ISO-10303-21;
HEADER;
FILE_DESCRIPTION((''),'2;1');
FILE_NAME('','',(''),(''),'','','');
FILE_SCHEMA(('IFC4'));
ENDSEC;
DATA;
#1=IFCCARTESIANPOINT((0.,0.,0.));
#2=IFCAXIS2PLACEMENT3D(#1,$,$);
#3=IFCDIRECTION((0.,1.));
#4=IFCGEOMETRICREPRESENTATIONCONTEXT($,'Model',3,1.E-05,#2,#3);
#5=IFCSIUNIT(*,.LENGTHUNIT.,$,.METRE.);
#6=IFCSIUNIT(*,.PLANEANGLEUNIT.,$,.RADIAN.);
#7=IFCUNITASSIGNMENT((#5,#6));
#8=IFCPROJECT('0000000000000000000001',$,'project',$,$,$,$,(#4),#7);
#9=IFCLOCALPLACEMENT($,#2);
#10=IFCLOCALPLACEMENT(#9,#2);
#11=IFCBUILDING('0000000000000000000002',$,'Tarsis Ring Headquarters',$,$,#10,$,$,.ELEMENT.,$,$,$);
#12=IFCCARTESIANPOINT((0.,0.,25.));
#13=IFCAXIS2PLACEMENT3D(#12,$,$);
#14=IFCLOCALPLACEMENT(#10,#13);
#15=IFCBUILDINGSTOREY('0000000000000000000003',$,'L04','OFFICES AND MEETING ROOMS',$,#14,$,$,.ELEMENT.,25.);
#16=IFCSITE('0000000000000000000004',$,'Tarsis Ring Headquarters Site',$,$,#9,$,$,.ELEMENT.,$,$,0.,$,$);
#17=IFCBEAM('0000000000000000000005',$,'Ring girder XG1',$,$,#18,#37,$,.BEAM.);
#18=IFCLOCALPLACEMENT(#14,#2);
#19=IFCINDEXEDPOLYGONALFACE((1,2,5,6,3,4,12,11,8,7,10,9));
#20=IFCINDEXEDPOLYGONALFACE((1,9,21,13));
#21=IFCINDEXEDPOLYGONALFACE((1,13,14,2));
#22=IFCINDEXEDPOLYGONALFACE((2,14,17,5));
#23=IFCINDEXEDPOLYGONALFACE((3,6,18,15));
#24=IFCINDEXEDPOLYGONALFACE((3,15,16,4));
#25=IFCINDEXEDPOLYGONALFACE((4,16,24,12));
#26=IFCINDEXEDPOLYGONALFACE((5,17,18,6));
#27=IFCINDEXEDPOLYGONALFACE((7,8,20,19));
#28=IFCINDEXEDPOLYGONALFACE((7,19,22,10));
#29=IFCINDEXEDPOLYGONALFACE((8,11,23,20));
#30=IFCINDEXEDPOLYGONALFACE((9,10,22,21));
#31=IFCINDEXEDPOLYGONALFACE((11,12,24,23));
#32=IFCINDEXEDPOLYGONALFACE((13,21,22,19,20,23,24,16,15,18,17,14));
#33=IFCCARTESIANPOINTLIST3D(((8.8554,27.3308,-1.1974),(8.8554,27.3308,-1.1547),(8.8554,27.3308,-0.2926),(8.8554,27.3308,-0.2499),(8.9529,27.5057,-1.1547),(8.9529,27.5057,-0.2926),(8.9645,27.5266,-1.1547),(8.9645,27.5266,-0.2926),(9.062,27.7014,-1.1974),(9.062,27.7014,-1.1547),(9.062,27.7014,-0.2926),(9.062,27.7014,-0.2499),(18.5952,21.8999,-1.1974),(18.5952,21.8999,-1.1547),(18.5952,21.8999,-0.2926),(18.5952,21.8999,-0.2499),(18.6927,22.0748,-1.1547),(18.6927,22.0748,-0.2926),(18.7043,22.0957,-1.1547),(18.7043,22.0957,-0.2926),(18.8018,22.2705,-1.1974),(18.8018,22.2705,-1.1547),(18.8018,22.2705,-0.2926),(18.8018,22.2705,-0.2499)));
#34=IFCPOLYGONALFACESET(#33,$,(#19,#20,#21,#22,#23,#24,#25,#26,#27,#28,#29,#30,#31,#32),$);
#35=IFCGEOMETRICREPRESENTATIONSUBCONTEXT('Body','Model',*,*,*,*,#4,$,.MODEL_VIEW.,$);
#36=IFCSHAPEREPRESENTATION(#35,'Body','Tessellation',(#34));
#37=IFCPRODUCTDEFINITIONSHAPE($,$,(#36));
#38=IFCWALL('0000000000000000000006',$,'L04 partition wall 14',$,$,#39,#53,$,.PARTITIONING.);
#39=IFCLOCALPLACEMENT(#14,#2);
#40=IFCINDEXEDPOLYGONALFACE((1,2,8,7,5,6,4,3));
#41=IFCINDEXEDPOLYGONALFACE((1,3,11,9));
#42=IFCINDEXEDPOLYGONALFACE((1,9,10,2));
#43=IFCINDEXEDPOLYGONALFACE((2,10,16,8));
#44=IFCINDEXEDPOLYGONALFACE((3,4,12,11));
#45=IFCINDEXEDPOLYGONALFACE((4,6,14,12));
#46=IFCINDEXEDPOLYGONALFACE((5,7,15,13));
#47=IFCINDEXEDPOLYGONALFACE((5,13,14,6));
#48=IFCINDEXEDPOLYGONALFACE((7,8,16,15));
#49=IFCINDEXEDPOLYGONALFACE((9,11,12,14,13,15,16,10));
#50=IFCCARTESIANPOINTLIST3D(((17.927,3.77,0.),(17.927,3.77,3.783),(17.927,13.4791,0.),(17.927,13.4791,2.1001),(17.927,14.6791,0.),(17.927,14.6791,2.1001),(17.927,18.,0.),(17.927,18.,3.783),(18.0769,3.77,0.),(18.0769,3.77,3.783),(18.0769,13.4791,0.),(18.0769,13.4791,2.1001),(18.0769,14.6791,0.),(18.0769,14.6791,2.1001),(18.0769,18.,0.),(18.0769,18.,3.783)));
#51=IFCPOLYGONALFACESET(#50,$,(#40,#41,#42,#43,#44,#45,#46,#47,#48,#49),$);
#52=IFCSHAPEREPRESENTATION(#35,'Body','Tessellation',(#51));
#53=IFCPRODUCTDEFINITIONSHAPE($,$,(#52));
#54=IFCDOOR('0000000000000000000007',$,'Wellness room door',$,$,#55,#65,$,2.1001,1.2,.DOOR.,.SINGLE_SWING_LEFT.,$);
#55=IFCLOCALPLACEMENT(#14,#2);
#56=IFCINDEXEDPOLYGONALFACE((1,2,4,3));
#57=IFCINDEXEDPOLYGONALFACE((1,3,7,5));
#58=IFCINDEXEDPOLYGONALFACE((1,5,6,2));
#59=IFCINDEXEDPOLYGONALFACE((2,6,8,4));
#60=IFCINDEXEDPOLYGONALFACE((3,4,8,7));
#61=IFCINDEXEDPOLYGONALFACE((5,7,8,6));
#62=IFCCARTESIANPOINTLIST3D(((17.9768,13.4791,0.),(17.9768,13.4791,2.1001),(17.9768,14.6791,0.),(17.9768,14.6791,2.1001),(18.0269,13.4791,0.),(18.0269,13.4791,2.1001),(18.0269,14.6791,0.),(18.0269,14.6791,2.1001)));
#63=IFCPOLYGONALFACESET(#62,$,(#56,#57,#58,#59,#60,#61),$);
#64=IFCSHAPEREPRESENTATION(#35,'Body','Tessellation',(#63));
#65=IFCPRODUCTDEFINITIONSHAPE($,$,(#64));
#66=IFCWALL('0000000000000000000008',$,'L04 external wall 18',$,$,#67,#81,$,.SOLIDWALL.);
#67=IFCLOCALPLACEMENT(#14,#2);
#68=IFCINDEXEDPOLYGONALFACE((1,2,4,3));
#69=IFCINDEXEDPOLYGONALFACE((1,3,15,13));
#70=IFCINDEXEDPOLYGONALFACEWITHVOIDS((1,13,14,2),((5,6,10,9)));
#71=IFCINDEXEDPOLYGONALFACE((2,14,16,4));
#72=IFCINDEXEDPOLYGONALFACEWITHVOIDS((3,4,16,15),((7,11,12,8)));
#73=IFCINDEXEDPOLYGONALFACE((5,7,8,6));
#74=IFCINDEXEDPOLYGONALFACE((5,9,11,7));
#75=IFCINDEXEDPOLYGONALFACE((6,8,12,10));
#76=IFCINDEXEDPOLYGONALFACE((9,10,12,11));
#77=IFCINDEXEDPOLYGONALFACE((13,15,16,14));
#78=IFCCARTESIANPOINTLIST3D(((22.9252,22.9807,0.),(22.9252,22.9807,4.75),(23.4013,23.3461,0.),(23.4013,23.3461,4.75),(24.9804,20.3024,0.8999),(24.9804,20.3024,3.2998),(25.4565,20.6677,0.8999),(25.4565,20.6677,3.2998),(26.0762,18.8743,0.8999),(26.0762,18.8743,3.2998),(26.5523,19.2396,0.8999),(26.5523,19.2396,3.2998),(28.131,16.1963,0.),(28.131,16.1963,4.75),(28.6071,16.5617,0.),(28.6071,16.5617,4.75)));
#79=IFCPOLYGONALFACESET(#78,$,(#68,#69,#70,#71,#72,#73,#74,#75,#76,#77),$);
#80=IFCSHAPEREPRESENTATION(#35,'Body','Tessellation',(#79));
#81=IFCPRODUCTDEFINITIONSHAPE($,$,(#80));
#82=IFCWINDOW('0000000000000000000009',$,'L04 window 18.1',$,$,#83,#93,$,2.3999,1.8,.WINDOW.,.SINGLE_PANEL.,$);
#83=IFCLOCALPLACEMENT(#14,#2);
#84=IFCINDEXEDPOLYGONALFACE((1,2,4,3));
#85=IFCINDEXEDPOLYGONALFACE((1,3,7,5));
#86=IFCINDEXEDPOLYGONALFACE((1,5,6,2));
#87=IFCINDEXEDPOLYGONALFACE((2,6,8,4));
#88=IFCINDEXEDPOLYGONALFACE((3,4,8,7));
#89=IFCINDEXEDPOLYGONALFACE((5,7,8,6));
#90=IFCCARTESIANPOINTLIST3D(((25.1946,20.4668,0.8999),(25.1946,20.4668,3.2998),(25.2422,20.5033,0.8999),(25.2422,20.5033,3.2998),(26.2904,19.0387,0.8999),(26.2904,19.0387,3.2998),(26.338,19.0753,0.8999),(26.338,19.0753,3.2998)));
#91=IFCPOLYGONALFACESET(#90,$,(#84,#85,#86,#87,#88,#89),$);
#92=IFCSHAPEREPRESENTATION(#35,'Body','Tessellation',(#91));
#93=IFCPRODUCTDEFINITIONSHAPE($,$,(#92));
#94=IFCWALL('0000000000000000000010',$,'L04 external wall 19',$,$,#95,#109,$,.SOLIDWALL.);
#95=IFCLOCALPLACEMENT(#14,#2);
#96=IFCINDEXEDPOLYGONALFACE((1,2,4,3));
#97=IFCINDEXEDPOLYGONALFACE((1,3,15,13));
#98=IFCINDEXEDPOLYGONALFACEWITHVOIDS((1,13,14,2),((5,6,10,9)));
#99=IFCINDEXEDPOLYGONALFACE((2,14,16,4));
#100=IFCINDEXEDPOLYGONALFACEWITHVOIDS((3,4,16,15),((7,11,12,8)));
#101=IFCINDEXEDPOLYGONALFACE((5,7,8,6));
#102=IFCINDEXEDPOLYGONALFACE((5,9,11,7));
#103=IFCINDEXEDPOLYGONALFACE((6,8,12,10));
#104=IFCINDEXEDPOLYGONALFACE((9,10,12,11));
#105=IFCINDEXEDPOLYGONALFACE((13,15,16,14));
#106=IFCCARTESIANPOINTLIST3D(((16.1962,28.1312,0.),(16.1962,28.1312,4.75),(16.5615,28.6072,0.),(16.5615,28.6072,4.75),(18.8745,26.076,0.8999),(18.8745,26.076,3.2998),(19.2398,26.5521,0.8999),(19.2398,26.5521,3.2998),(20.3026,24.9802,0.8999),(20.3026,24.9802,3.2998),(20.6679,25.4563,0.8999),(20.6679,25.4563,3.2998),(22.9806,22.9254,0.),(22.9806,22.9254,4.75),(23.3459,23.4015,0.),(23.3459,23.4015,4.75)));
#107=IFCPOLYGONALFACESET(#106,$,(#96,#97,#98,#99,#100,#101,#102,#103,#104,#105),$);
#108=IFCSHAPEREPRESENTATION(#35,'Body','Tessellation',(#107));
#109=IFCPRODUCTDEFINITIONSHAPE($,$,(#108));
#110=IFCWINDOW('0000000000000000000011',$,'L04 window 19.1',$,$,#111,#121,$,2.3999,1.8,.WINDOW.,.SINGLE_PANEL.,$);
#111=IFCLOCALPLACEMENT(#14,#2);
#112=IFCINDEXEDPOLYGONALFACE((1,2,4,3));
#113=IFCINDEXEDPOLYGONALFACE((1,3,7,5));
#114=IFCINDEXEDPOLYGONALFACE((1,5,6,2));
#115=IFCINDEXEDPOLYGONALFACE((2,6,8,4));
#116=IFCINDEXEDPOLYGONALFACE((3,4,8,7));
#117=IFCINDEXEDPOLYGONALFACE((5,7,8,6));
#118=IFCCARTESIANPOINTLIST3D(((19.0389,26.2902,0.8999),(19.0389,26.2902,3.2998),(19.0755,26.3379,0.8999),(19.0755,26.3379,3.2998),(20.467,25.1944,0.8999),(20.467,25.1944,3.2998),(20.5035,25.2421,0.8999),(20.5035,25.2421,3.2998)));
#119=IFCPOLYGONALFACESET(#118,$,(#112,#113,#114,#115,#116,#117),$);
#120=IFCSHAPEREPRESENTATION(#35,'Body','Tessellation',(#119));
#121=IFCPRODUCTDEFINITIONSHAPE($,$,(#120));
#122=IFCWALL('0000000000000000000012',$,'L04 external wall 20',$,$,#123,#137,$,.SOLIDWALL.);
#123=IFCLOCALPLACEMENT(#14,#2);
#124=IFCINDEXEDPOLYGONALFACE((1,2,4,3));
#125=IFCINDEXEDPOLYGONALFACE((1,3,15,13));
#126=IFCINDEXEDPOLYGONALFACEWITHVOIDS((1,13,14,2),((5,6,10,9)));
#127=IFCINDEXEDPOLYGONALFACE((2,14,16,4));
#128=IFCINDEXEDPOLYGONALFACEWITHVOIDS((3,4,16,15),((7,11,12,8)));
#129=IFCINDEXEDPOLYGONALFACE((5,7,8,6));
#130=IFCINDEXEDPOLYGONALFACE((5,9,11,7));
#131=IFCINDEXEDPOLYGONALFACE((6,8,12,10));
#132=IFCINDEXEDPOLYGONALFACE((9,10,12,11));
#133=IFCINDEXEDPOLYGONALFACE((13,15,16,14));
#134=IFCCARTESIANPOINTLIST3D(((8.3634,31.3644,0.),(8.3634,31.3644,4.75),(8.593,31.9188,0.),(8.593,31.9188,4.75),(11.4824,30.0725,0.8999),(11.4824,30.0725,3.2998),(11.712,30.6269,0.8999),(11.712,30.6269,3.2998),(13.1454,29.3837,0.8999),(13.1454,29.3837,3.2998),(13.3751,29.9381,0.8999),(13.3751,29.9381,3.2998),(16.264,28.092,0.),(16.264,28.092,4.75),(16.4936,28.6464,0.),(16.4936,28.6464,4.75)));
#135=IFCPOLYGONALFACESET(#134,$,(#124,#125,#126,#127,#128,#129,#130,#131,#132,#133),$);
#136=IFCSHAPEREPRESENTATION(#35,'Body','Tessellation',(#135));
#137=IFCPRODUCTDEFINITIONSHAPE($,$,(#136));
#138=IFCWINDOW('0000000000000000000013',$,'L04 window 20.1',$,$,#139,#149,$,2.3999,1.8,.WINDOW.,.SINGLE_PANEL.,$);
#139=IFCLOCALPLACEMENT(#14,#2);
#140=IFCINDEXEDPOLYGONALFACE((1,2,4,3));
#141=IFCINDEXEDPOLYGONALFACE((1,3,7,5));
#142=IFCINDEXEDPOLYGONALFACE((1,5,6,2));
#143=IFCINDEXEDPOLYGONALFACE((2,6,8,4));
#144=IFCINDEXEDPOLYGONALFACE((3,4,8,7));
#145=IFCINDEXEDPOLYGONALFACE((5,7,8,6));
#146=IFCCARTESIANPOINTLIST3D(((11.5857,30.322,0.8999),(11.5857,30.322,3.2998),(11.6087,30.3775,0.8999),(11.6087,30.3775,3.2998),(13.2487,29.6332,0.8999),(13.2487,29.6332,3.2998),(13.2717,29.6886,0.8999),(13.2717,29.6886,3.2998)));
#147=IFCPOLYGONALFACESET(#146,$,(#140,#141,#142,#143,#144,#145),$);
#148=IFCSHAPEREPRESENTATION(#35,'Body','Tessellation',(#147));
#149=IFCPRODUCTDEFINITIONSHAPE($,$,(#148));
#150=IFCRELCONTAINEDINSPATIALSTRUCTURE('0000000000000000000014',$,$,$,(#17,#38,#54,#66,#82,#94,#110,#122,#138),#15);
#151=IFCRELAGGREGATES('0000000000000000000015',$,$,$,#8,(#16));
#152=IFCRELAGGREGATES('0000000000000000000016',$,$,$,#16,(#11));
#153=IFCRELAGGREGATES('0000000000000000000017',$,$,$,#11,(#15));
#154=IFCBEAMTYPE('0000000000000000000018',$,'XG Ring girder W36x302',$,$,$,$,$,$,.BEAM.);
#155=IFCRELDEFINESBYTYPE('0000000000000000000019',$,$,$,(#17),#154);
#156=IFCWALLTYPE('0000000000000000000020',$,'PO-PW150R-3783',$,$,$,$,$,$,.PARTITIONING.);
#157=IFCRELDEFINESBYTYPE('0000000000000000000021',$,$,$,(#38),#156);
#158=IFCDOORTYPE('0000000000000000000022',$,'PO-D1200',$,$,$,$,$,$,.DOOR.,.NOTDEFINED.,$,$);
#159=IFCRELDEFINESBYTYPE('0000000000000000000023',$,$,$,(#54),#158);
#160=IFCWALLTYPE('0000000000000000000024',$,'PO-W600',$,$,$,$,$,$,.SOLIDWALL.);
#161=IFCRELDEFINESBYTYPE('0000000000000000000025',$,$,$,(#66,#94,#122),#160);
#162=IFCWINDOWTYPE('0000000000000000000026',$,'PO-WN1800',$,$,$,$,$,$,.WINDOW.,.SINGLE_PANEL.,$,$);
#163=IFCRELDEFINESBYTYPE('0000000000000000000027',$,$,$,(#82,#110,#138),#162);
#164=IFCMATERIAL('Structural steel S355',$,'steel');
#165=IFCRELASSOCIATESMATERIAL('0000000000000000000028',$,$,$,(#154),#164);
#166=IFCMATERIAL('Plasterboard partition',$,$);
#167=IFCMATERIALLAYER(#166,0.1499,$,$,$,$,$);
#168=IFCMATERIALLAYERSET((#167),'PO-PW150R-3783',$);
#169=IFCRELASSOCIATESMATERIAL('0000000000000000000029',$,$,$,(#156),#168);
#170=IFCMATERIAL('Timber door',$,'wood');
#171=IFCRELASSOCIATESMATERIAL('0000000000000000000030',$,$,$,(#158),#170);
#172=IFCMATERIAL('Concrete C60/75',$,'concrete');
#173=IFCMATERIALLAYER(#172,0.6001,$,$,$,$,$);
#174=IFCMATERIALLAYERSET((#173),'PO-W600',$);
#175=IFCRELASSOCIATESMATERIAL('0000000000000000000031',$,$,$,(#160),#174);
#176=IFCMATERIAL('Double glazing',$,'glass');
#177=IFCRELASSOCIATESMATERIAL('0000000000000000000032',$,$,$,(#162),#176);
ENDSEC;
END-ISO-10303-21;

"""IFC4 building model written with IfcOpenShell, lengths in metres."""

from ifc_helpers import new_model, si_unit, direction, frame, frame_2d, origin, origin_2d, place, context, subcontext, project, spatial, rectangle, i_section, extrude, material, layer, layer_set, material_profile, profile_set, type_object, element, fill, save


model = new_model("IFC4")

# Units and contexts
model_context = context("Model", 3, precision=1e-05, world=origin(), true_north=direction((0.0, 1.0)))
body_context = subcontext(model_context, "Body", "Model", "MODEL_VIEW")
ifc_project = project(units=[si_unit("LENGTHUNIT", "METRE"), si_unit("PLANEANGLEUNIT", "RADIAN")], contexts=[model_context])

# Site, building, storey
site_placement = place(None, origin())
site = spatial("IfcSite", under=ifc_project, at=site_placement, Name="Tarsis Ring Headquarters Site", CompositionType="ELEMENT", RefElevation=0.0)
building_placement = place(site_placement, origin())
building = spatial("IfcBuilding", under=site, at=building_placement, Name="Tarsis Ring Headquarters", CompositionType="ELEMENT")
storey_placement = place(building_placement, frame((0.0, 0.0, 25.0)))
storey = spatial("IfcBuildingStorey", under=building, at=storey_placement, Name="L04", Description="OFFICES AND MEETING ROOMS", CompositionType="ELEMENT", Elevation=25.0)

# Beam
ifc_material_1 = material(Name="Structural steel S355", Category="steel")
ifc_material_profile_1 = material_profile(ifc_material_1, i_section(OverallWidth=0.4243, OverallDepth=0.9475, WebThickness=0.0239, FlangeThickness=0.0427, at=origin_2d()), Name="W36x302")
ifc_profile_set_1 = profile_set([ifc_material_profile_1], Name="Structural steel S355")
beam_type_1 = type_object("IfcBeamType", Name="XG Ring girder W36x302", PredefinedType="BEAM", material=ifc_profile_set_1)
for number, where, z_axis, x_axis, name in (
    (1, (18.6985, 22.0852, -0.7236), (-0.873397, 0.487009, 0.0), (-0.487009, -0.873397, 0.0), "Ring girder XG1"),
):
    element("IfcBeam", number, at=place(storey_placement, frame(where, z_axis=z_axis, x_axis=x_axis)), inside=storey, type_object=beam_type_1, Name=name, PredefinedType="BEAM", context=body_context, shape_type="SweptSolid", body=[
        extrude(i_section(OverallWidth=0.4243, OverallDepth=0.9475, WebThickness=0.0239, FlangeThickness=0.0427, at=origin_2d()), origin(), (0.0, 0.0, 1.0), 11.1516),
    ])

# Wall, opening, door
ifc_material_2 = material(Name="Plasterboard partition")
ifc_layer_1 = layer(ifc_material_2, 0.1499)
ifc_layer_set_1 = layer_set([ifc_layer_1], Name="PO-PW150R-3783")
wall_type_1 = type_object("IfcWallType", Name="PO-PW150R-3783", PredefinedType="PARTITIONING", material=ifc_layer_set_1)
wall_1_placement = place(storey_placement, frame((18.002, 18.0, 0.0), z_axis=(0.0, 0.0, 1.0), x_axis=(0.0, -1.0, 0.0)))
wall_1 = element("IfcWall", 2, at=wall_1_placement, inside=storey, type_object=wall_type_1, Name="L04 partition wall 14", PredefinedType="PARTITIONING", context=body_context, shape_type="SweptSolid", body=[
    extrude(rectangle(XDim=14.23, YDim=0.1499, at=frame_2d((7.115, 0.0))), origin(), (0.0, 0.0, 1.0), 3.783),
])
opening_1_placement = place(wall_1_placement, frame((3.3208, 0.0, 0.0)))
opening_1 = element("IfcOpeningElement", 3, at=opening_1_placement, cuts=wall_1, PredefinedType="OPENING", context=body_context, shape_type="SweptSolid", body=[
    extrude(rectangle(XDim=1.2, YDim=2.1001, at=frame_2d((0.6001, 1.05))), frame((0.0, 0.085, 0.0), z_axis=(0.0, -1.0, 0.0), x_axis=(1.0, 0.0, 0.0)), (0.0, 0.0, 1.0), 0.1699),
])
ifc_material_3 = material(Name="Timber door", Category="wood")
door_type = type_object("IfcDoorType", Name="PO-D1200", OperationType="NOTDEFINED", PredefinedType="DOOR", material=ifc_material_3)
door_placement = place(opening_1_placement, origin())
door = element("IfcDoor", 4, at=door_placement, inside=storey, type_object=door_type, Name="Wellness room door", OperationType="SINGLE_SWING_LEFT", OverallHeight=2.1001, OverallWidth=1.2, PredefinedType="DOOR", context=body_context, shape_type="SweptSolid", body=[
    extrude(rectangle(XDim=1.2, YDim=2.1001, at=frame_2d((0.6001, 1.05))), frame((0.0, 0.0249, 0.0), z_axis=(0.0, -1.0, 0.0), x_axis=(1.0, 0.0, 0.0)), (0.0, 0.0, 1.0), 0.05),
])
fill(opening_1, door)

# Walls, openings, windows
ifc_material_4 = material(Name="Concrete C60/75", Category="concrete")
ifc_layer_2 = layer(ifc_material_4, 0.6001)
ifc_layer_set_2 = layer_set([ifc_layer_2], Name="PO-W600")
wall_type_2 = type_object("IfcWallType", Name="PO-W600", PredefinedType="SOLIDWALL", material=ifc_layer_set_2)
wall_2_placement = place(storey_placement, frame((28.3691, 16.3789, 0.0), z_axis=(0.0, 0.0, 1.0), x_axis=(-0.608757, 0.793357, 0.0)))
wall_2 = element("IfcWall", 5, at=wall_2_placement, inside=storey, type_object=wall_type_2, Name="L04 external wall 18", PredefinedType="SOLIDWALL", context=body_context, shape_type="SweptSolid", body=[
    extrude(rectangle(XDim=8.5515, YDim=0.6001, at=frame_2d((4.2759, 0.0))), origin(), (0.0, 0.0, 1.0), 4.75),
])
opening_2_placement = place(wall_2_placement, frame((3.3757, 0.0, 0.8999)))
opening_2 = element("IfcOpeningElement", 6, at=opening_2_placement, cuts=wall_2, PredefinedType="OPENING", context=body_context, shape_type="SweptSolid", body=[
    extrude(rectangle(XDim=1.8, YDim=2.3999, at=frame_2d((0.8999, 1.2))), frame((0.0, 0.3101, 0.0), z_axis=(0.0, -1.0, 0.0), x_axis=(1.0, 0.0, 0.0)), (0.0, 0.0, 1.0), 0.6201),
])
ifc_material_5 = material(Name="Double glazing", Category="glass")
window_type = type_object("IfcWindowType", Name="PO-WN1800", PartitioningType="SINGLE_PANEL", PredefinedType="WINDOW", material=ifc_material_5)
window_1_placement = place(opening_2_placement, origin())
window_1 = element("IfcWindow", 7, at=window_1_placement, inside=storey, type_object=window_type, Name="L04 window 18.1", OverallHeight=2.3999, OverallWidth=1.8, PartitioningType="SINGLE_PANEL", PredefinedType="WINDOW", context=body_context, shape_type="SweptSolid", body=[
    extrude(rectangle(XDim=1.8, YDim=2.3999, at=frame_2d((0.8999, 1.2))), frame((0.0, 0.03, 0.0), z_axis=(0.0, -1.0, 0.0), x_axis=(1.0, 0.0, 0.0)), (0.0, 0.0, 1.0), 0.0601),
])
fill(opening_2, window_1)
wall_3_placement = place(storey_placement, frame((23.1633, 23.1633, 0.0), z_axis=(0.0, 0.0, 1.0), x_axis=(-0.793357, 0.608757, 0.0)))
wall_3 = element("IfcWall", 8, at=wall_3_placement, inside=storey, type_object=wall_type_2, Name="L04 external wall 19", PredefinedType="SOLIDWALL", context=body_context, shape_type="SweptSolid", body=[
    extrude(rectangle(XDim=8.5515, YDim=0.6001, at=frame_2d((4.2759, 0.0))), origin(), (0.0, 0.0, 1.0), 4.75),
])
opening_3_placement = place(wall_3_placement, frame((3.3757, 0.0, 0.8999)))
opening_3 = element("IfcOpeningElement", 9, at=opening_3_placement, cuts=wall_3, PredefinedType="OPENING", context=body_context, shape_type="SweptSolid", body=[
    extrude(rectangle(XDim=1.8, YDim=2.3999, at=frame_2d((0.8999, 1.2))), frame((0.0, 0.3101, 0.0), z_axis=(0.0, -1.0, 0.0), x_axis=(1.0, 0.0, 0.0)), (0.0, 0.0, 1.0), 0.6201),
])
window_2_placement = place(opening_3_placement, origin())
window_2 = element("IfcWindow", 10, at=window_2_placement, inside=storey, type_object=window_type, Name="L04 window 19.1", OverallHeight=2.3999, OverallWidth=1.8, PartitioningType="SINGLE_PANEL", PredefinedType="WINDOW", context=body_context, shape_type="SweptSolid", body=[
    extrude(rectangle(XDim=1.8, YDim=2.3999, at=frame_2d((0.8999, 1.2))), frame((0.0, 0.03, 0.0), z_axis=(0.0, -1.0, 0.0), x_axis=(1.0, 0.0, 0.0)), (0.0, 0.0, 1.0), 0.0601),
])
fill(opening_3, window_2)
wall_4_placement = place(storey_placement, frame((16.3789, 28.3691, 0.0), z_axis=(0.0, 0.0, 1.0), x_axis=(-0.923883, 0.382675, 0.0)))
wall_4 = element("IfcWall", 11, at=wall_4_placement, inside=storey, type_object=wall_type_2, Name="L04 external wall 20", PredefinedType="SOLIDWALL", context=body_context, shape_type="SweptSolid", body=[
    extrude(rectangle(XDim=8.5515, YDim=0.6001, at=frame_2d((4.2759, 0.0))), origin(), (0.0, 0.0, 1.0), 4.75),
])
opening_4_placement = place(wall_4_placement, frame((3.3757, 0.0, 0.8999)))
opening_4 = element("IfcOpeningElement", 12, at=opening_4_placement, cuts=wall_4, PredefinedType="OPENING", context=body_context, shape_type="SweptSolid", body=[
    extrude(rectangle(XDim=1.8, YDim=2.3999, at=frame_2d((0.8999, 1.2))), frame((0.0, 0.3101, 0.0), z_axis=(0.0, -1.0, 0.0), x_axis=(1.0, 0.0, 0.0)), (0.0, 0.0, 1.0), 0.6201),
])
window_3_placement = place(opening_4_placement, origin())
window_3 = element("IfcWindow", 13, at=window_3_placement, inside=storey, type_object=window_type, Name="L04 window 20.1", OverallHeight=2.3999, OverallWidth=1.8, PartitioningType="SINGLE_PANEL", PredefinedType="WINDOW", context=body_context, shape_type="SweptSolid", body=[
    extrude(rectangle(XDim=1.8, YDim=2.3999, at=frame_2d((0.8999, 1.2))), frame((0.0, 0.03, 0.0), z_axis=(0.0, -1.0, 0.0), x_axis=(1.0, 0.0, 0.0)), (0.0, 0.0, 1.0), 0.0601),
])
fill(opening_4, window_3)

save(model, "model.ifc")
